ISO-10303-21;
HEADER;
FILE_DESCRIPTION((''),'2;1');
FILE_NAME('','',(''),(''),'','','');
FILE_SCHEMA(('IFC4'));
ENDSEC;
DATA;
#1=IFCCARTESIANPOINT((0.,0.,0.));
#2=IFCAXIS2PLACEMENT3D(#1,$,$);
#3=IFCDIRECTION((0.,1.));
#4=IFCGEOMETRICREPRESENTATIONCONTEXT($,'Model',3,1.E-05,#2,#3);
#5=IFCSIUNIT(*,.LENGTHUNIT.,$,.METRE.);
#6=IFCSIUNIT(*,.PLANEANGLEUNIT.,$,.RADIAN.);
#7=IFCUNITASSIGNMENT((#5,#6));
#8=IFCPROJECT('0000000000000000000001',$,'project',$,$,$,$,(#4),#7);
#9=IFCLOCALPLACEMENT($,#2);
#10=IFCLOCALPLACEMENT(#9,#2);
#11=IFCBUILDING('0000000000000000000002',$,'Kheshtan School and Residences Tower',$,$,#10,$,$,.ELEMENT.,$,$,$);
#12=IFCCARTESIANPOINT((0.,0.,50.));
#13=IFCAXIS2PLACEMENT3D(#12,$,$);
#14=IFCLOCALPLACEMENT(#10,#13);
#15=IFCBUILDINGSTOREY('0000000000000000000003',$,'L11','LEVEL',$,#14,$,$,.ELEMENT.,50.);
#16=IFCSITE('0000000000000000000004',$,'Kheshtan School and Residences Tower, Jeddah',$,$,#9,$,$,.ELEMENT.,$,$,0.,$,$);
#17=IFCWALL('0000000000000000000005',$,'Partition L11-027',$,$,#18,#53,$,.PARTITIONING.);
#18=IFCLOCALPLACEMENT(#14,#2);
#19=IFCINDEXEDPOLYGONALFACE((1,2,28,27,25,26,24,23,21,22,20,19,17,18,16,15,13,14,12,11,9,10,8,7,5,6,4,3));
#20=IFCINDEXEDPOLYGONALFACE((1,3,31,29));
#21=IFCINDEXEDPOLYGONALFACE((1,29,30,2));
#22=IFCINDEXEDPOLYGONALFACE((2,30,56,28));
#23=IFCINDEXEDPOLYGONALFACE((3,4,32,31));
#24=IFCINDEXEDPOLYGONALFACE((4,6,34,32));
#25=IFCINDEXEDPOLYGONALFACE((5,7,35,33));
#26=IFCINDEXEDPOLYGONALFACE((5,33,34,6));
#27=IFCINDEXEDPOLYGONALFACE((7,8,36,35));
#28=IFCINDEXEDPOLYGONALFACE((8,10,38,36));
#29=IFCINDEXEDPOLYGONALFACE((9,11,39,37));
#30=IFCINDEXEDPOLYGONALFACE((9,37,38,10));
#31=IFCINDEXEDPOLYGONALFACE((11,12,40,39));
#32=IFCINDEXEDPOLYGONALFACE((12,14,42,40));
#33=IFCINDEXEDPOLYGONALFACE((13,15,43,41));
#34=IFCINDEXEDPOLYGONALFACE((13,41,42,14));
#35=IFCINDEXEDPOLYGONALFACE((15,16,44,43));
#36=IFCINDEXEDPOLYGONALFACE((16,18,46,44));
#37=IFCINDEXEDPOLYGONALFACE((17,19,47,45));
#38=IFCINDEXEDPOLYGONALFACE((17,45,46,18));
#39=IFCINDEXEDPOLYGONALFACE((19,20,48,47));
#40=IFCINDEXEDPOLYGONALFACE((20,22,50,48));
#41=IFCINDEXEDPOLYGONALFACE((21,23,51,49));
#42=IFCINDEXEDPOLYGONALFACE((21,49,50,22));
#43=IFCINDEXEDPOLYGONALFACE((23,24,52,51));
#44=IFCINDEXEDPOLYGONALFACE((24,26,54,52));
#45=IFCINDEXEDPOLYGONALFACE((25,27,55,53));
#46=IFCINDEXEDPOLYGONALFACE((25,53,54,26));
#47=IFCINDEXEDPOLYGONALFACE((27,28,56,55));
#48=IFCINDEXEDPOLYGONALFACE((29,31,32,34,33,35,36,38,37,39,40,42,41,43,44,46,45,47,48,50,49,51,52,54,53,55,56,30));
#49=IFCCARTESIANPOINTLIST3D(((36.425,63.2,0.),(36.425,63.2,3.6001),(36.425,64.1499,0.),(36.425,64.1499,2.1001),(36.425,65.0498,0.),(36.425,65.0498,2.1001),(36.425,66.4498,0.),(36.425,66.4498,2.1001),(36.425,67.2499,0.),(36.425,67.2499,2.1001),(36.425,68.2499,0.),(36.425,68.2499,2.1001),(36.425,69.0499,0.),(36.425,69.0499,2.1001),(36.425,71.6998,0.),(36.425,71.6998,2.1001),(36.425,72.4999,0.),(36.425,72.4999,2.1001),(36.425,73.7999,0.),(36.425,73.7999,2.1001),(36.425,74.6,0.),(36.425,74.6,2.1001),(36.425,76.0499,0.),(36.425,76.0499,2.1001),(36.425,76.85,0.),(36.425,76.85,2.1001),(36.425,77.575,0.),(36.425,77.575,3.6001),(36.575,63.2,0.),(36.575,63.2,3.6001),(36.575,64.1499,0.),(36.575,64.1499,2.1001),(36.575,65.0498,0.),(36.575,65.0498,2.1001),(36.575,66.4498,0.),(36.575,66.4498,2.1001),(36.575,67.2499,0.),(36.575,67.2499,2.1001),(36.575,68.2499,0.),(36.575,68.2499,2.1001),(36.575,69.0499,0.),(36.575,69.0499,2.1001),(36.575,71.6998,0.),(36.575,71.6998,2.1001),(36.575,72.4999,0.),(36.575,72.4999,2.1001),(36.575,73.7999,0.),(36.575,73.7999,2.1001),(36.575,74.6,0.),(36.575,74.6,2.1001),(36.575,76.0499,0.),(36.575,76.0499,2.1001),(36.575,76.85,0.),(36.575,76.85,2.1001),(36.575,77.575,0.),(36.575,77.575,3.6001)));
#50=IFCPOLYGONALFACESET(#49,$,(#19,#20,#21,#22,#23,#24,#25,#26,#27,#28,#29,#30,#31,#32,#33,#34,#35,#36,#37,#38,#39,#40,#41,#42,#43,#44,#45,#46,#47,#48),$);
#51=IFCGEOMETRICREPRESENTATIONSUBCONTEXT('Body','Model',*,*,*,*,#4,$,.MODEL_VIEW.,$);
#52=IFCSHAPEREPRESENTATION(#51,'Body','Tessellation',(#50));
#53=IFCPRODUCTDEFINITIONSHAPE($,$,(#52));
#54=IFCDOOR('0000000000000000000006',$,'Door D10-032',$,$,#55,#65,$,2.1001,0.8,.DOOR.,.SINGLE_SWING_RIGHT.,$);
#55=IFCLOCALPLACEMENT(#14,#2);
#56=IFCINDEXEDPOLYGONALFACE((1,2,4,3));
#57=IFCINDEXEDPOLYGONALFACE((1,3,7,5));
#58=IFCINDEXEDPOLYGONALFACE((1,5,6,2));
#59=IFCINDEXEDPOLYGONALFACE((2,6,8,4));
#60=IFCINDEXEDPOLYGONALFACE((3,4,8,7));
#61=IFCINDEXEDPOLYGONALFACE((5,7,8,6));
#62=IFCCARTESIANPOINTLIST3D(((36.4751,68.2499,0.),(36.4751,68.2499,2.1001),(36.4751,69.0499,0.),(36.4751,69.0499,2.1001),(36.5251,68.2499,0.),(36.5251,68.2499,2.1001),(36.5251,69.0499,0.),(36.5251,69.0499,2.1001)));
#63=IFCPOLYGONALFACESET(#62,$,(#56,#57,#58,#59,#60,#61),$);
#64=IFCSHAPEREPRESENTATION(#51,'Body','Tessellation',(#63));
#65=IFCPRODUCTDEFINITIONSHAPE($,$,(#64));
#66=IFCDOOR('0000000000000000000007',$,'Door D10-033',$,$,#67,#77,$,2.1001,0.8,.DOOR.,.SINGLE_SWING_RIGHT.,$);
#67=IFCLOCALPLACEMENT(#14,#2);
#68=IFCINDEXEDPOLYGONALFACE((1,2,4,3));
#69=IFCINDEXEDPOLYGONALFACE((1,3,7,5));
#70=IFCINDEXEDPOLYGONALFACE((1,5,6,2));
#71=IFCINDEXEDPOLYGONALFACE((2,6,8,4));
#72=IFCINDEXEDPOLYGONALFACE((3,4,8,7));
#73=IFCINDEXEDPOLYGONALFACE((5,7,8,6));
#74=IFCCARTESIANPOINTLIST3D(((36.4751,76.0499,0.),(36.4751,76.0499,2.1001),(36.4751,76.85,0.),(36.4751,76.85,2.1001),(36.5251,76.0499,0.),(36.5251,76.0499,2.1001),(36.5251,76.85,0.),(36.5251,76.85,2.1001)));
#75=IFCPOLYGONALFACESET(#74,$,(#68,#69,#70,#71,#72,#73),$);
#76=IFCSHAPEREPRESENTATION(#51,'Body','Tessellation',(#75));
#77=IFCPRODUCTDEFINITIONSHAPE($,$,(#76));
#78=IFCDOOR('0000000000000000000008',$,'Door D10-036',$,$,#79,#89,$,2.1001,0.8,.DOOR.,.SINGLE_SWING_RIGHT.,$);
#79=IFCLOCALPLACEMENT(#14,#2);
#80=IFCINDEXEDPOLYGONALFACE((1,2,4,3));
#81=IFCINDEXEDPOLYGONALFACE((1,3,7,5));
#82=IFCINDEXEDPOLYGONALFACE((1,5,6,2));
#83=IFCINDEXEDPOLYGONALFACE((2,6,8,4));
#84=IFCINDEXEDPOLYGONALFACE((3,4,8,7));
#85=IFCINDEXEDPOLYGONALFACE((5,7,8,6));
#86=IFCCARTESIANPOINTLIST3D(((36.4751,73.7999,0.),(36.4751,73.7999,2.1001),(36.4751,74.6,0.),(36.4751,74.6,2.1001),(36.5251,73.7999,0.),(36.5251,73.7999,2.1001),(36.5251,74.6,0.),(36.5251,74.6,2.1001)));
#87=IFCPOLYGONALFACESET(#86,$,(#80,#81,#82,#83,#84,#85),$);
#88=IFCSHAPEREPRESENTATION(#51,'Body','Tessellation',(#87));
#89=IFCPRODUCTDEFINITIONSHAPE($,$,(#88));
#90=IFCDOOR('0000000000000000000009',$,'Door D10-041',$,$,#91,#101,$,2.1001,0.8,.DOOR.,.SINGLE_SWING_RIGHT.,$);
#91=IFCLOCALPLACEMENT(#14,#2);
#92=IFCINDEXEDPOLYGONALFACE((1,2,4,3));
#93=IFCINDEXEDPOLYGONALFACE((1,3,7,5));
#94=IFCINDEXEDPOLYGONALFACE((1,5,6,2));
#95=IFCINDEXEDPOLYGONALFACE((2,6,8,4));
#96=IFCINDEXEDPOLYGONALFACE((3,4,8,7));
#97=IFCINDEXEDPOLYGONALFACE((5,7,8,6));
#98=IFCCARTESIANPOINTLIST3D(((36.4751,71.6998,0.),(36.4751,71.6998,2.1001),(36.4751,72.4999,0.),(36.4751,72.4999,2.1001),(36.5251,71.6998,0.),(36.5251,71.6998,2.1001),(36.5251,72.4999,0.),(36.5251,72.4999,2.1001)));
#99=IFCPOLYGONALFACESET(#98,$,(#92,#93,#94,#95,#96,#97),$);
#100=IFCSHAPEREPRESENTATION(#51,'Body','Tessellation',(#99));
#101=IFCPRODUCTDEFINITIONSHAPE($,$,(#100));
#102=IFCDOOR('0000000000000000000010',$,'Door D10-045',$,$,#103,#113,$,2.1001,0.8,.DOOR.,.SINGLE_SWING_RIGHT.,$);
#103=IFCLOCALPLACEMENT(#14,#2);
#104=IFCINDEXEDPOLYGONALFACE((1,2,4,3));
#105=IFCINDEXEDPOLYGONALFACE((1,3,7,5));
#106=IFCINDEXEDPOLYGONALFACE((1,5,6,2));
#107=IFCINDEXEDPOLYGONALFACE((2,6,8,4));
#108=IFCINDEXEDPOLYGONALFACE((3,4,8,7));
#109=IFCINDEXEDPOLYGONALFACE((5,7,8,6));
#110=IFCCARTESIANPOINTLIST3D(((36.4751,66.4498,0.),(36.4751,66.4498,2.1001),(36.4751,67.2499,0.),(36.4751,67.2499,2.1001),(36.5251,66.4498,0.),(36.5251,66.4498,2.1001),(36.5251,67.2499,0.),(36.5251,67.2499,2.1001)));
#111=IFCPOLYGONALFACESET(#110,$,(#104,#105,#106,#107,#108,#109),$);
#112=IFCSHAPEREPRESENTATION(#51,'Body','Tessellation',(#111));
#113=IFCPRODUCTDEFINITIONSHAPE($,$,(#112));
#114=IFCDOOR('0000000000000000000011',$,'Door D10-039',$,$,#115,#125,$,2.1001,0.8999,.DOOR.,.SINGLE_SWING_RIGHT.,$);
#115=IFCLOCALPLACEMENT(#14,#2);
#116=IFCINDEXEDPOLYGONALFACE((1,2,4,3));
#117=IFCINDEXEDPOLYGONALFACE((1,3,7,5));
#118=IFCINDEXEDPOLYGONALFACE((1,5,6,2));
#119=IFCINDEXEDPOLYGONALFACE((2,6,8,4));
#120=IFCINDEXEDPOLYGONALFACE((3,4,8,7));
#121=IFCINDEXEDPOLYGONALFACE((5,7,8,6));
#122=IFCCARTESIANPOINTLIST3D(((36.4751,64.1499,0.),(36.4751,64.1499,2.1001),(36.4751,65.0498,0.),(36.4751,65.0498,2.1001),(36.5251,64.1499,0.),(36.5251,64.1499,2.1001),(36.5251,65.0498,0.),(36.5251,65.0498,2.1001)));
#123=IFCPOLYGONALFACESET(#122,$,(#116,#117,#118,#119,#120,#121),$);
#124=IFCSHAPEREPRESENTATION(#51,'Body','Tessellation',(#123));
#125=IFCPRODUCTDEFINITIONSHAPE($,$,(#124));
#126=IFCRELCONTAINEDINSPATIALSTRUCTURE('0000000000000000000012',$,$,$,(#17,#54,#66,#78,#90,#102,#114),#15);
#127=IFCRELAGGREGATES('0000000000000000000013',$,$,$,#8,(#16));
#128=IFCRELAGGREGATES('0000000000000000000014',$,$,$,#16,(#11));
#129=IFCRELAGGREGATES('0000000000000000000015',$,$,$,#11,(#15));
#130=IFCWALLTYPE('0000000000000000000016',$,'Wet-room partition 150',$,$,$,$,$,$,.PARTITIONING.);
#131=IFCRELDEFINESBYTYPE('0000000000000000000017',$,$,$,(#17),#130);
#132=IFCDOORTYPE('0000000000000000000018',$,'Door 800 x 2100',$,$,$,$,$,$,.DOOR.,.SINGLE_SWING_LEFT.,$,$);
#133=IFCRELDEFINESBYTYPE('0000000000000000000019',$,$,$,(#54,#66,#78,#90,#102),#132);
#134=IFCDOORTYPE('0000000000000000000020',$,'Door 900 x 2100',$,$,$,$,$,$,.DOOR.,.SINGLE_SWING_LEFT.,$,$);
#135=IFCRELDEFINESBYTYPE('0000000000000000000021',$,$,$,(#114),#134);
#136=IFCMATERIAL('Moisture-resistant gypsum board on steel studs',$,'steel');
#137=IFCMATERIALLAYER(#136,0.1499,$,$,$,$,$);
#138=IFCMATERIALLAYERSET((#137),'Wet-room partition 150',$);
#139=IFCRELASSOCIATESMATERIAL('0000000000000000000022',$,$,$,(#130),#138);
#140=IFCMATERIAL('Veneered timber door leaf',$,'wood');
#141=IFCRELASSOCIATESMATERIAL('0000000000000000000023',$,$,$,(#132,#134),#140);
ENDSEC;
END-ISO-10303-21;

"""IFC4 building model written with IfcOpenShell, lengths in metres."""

from ifc_helpers import new_model, si_unit, direction, frame, frame_2d, origin, place, context, subcontext, project, spatial, rectangle, extrude, source, transform, mapped, material, layer, layer_set, type_object, element, fill, save


model = new_model("IFC4")

# Units and contexts
model_context = context("Model", 3, precision=1e-05, world=origin(), true_north=direction((0.0, 1.0)))
body_context = subcontext(model_context, "Body", "Model", "MODEL_VIEW")
ifc_project = project(units=[si_unit("LENGTHUNIT", "METRE"), si_unit("PLANEANGLEUNIT", "RADIAN")], contexts=[model_context])

# Site, building, storey
site_placement = place(None, origin())
site = spatial("IfcSite", under=ifc_project, at=site_placement, Name="Kheshtan School and Residences Tower, Jeddah", CompositionType="ELEMENT", RefElevation=0.0)
building_placement = place(site_placement, origin())
building = spatial("IfcBuilding", under=site, at=building_placement, Name="Kheshtan School and Residences Tower", CompositionType="ELEMENT")
storey_placement = place(building_placement, frame((0.0, 0.0, 50.0)))
storey = spatial("IfcBuildingStorey", under=building, at=storey_placement, Name="L11", Description="LEVEL", CompositionType="ELEMENT", Elevation=50.0)

# Shared definitions
ifc_material_1 = material(Name="Moisture-resistant gypsum board on steel studs", Category="steel")
ifc_layer_1 = layer(ifc_material_1, 0.1499)
ifc_layer_set_1 = layer_set([ifc_layer_1], Name="Wet-room partition 150")
wall_type_1 = type_object("IfcWallType", Name="Wet-room partition 150", PredefinedType="PARTITIONING", material=ifc_layer_set_1)

# Wall, openings, doors
ifc_material_2 = material(Name="Veneered timber door leaf", Category="wood")
door_type_1 = type_object("IfcDoorType", Name="Door 800 x 2100", OperationType="SINGLE_SWING_LEFT", PredefinedType="DOOR", material=ifc_material_2)
shared_shape_1 = source(origin(), body_context, "Body", "SweptSolid", [
    extrude(rectangle(XDim=0.8, YDim=2.1001, at=frame_2d((0.3999, 1.05))), frame((0.0, 0.0249, 0.0), z_axis=(0.0, -1.0, 0.0), x_axis=(1.0, 0.0, 0.0)), (0.0, 0.0, 1.0), 0.05),
])
door_type_2 = type_object("IfcDoorType", Name="Door 900 x 2100", OperationType="SINGLE_SWING_LEFT", PredefinedType="DOOR", material=ifc_material_2)
shared_shape_2 = source(origin(), body_context, "Body", "SweptSolid", [
    extrude(rectangle(XDim=0.8999, YDim=2.1001, at=frame_2d((0.45, 1.05))), frame((0.0, 0.0249, 0.0), z_axis=(0.0, -1.0, 0.0), x_axis=(1.0, 0.0, 0.0)), (0.0, 0.0, 1.0), 0.05),
])
wall_1_placement = place(storey_placement, frame((36.5, 63.2, 0.0), z_axis=(0.0, 0.0, 1.0), x_axis=(0.0, 1.0, 0.0)))
wall_1 = element("IfcWall", 1, at=wall_1_placement, inside=storey, type_object=wall_type_1, Name="Partition L11-027", PredefinedType="PARTITIONING", context=body_context, shape_type="SweptSolid", body=[
    extrude(rectangle(XDim=14.375, YDim=0.1499, at=frame_2d((7.1875, 0.0))), origin(), (0.0, 0.0, 1.0), 3.6001),
])
opening_1_placement = place(wall_1_placement, frame((5.05, 0.0, 0.0)))
opening_1 = element("IfcOpeningElement", 2, at=opening_1_placement, cuts=wall_1, PredefinedType="OPENING", context=body_context, shape_type="SweptSolid", body=[
    extrude(rectangle(XDim=0.8, YDim=2.1001, at=frame_2d((0.3999, 1.05))), frame((0.0, 0.085, 0.0), z_axis=(0.0, -1.0, 0.0), x_axis=(1.0, 0.0, 0.0)), (0.0, 0.0, 1.0), 0.1699),
])
opening_2_placement = place(wall_1_placement, frame((12.8501, 0.0, 0.0)))
opening_2 = element("IfcOpeningElement", 3, at=opening_2_placement, cuts=wall_1, PredefinedType="OPENING", context=body_context, shape_type="SweptSolid", body=[
    extrude(rectangle(XDim=0.8, YDim=2.1001, at=frame_2d((0.3999, 1.05))), frame((0.0, 0.085, 0.0), z_axis=(0.0, -1.0, 0.0), x_axis=(1.0, 0.0, 0.0)), (0.0, 0.0, 1.0), 0.1699),
])
opening_3_placement = place(wall_1_placement, frame((10.6001, 0.0, 0.0)))
opening_3 = element("IfcOpeningElement", 4, at=opening_3_placement, cuts=wall_1, PredefinedType="OPENING", context=body_context, shape_type="SweptSolid", body=[
    extrude(rectangle(XDim=0.8, YDim=2.1001, at=frame_2d((0.3999, 1.05))), frame((0.0, 0.085, 0.0), z_axis=(0.0, -1.0, 0.0), x_axis=(1.0, 0.0, 0.0)), (0.0, 0.0, 1.0), 0.1699),
])
opening_4_placement = place(wall_1_placement, frame((0.95, 0.0, 0.0)))
opening_4 = element("IfcOpeningElement", 5, at=opening_4_placement, cuts=wall_1, PredefinedType="OPENING", context=body_context, shape_type="SweptSolid", body=[
    extrude(rectangle(XDim=0.8999, YDim=2.1001, at=frame_2d((0.45, 1.05))), frame((0.0, 0.085, 0.0), z_axis=(0.0, -1.0, 0.0), x_axis=(1.0, 0.0, 0.0)), (0.0, 0.0, 1.0), 0.1699),
])
opening_5_placement = place(wall_1_placement, frame((8.5, 0.0, 0.0)))
opening_5 = element("IfcOpeningElement", 6, at=opening_5_placement, cuts=wall_1, PredefinedType="OPENING", context=body_context, shape_type="SweptSolid", body=[
    extrude(rectangle(XDim=0.8, YDim=2.1001, at=frame_2d((0.3999, 1.05))), frame((0.0, 0.085, 0.0), z_axis=(0.0, -1.0, 0.0), x_axis=(1.0, 0.0, 0.0)), (0.0, 0.0, 1.0), 0.1699),
])
opening_6_placement = place(wall_1_placement, frame((3.25, 0.0, 0.0)))
opening_6 = element("IfcOpeningElement", 7, at=opening_6_placement, cuts=wall_1, PredefinedType="OPENING", context=body_context, shape_type="SweptSolid", body=[
    extrude(rectangle(XDim=0.8, YDim=2.1001, at=frame_2d((0.3999, 1.05))), frame((0.0, 0.085, 0.0), z_axis=(0.0, -1.0, 0.0), x_axis=(1.0, 0.0, 0.0)), (0.0, 0.0, 1.0), 0.1699),
])
door_1_placement = place(opening_1_placement, origin())
door_1 = element("IfcDoor", 8, at=door_1_placement, inside=storey, type_object=door_type_1, Name="Door D10-032", OperationType="SINGLE_SWING_RIGHT", OverallHeight=2.1001, OverallWidth=0.8, PredefinedType="DOOR", context=body_context, shape_type="MappedRepresentation", body=[
    mapped(shared_shape_1, transform((0.0, 0.0, 0.0), x_axis=(1.0, 0.0, 0.0), y_axis=(0.0, 1.0, 0.0), z_axis=(0.0, 0.0, 1.0), scale=1.0)),
])
fill(opening_1, door_1)
door_2_placement = place(opening_2_placement, origin())
door_2 = element("IfcDoor", 9, at=door_2_placement, inside=storey, type_object=door_type_1, Name="Door D10-033", OperationType="SINGLE_SWING_RIGHT", OverallHeight=2.1001, OverallWidth=0.8, PredefinedType="DOOR", context=body_context, shape_type="MappedRepresentation", body=[
    mapped(shared_shape_1, transform((0.0, 0.0, 0.0), x_axis=(1.0, 0.0, 0.0), y_axis=(0.0, 1.0, 0.0), z_axis=(0.0, 0.0, 1.0), scale=1.0)),
])
fill(opening_2, door_2)
door_3_placement = place(opening_3_placement, origin())
door_3 = element("IfcDoor", 10, at=door_3_placement, inside=storey, type_object=door_type_1, Name="Door D10-036", OperationType="SINGLE_SWING_RIGHT", OverallHeight=2.1001, OverallWidth=0.8, PredefinedType="DOOR", context=body_context, shape_type="MappedRepresentation", body=[
    mapped(shared_shape_1, transform((0.0, 0.0, 0.0), x_axis=(1.0, 0.0, 0.0), y_axis=(0.0, 1.0, 0.0), z_axis=(0.0, 0.0, 1.0), scale=1.0)),
])
fill(opening_3, door_3)
door_4_placement = place(opening_5_placement, origin())
door_4 = element("IfcDoor", 11, at=door_4_placement, inside=storey, type_object=door_type_1, Name="Door D10-041", OperationType="SINGLE_SWING_RIGHT", OverallHeight=2.1001, OverallWidth=0.8, PredefinedType="DOOR", context=body_context, shape_type="MappedRepresentation", body=[
    mapped(shared_shape_1, transform((0.0, 0.0, 0.0), x_axis=(1.0, 0.0, 0.0), y_axis=(0.0, 1.0, 0.0), z_axis=(0.0, 0.0, 1.0), scale=1.0)),
])
fill(opening_5, door_4)
door_5_placement = place(opening_6_placement, origin())
door_5 = element("IfcDoor", 12, at=door_5_placement, inside=storey, type_object=door_type_1, Name="Door D10-045", OperationType="SINGLE_SWING_RIGHT", OverallHeight=2.1001, OverallWidth=0.8, PredefinedType="DOOR", context=body_context, shape_type="MappedRepresentation", body=[
    mapped(shared_shape_1, transform((0.0, 0.0, 0.0), x_axis=(1.0, 0.0, 0.0), y_axis=(0.0, 1.0, 0.0), z_axis=(0.0, 0.0, 1.0), scale=1.0)),
])
fill(opening_6, door_5)
door_6_placement = place(opening_4_placement, origin())
door_6 = element("IfcDoor", 13, at=door_6_placement, inside=storey, type_object=door_type_2, Name="Door D10-039", OperationType="SINGLE_SWING_RIGHT", OverallHeight=2.1001, OverallWidth=0.8999, PredefinedType="DOOR", context=body_context, shape_type="MappedRepresentation", body=[
    mapped(shared_shape_2, transform((0.0, 0.0, 0.0), x_axis=(1.0, 0.0, 0.0), y_axis=(0.0, 1.0, 0.0), z_axis=(0.0, 0.0, 1.0), scale=1.0)),
])
fill(opening_4, door_6)

save(model, "model.ifc")
